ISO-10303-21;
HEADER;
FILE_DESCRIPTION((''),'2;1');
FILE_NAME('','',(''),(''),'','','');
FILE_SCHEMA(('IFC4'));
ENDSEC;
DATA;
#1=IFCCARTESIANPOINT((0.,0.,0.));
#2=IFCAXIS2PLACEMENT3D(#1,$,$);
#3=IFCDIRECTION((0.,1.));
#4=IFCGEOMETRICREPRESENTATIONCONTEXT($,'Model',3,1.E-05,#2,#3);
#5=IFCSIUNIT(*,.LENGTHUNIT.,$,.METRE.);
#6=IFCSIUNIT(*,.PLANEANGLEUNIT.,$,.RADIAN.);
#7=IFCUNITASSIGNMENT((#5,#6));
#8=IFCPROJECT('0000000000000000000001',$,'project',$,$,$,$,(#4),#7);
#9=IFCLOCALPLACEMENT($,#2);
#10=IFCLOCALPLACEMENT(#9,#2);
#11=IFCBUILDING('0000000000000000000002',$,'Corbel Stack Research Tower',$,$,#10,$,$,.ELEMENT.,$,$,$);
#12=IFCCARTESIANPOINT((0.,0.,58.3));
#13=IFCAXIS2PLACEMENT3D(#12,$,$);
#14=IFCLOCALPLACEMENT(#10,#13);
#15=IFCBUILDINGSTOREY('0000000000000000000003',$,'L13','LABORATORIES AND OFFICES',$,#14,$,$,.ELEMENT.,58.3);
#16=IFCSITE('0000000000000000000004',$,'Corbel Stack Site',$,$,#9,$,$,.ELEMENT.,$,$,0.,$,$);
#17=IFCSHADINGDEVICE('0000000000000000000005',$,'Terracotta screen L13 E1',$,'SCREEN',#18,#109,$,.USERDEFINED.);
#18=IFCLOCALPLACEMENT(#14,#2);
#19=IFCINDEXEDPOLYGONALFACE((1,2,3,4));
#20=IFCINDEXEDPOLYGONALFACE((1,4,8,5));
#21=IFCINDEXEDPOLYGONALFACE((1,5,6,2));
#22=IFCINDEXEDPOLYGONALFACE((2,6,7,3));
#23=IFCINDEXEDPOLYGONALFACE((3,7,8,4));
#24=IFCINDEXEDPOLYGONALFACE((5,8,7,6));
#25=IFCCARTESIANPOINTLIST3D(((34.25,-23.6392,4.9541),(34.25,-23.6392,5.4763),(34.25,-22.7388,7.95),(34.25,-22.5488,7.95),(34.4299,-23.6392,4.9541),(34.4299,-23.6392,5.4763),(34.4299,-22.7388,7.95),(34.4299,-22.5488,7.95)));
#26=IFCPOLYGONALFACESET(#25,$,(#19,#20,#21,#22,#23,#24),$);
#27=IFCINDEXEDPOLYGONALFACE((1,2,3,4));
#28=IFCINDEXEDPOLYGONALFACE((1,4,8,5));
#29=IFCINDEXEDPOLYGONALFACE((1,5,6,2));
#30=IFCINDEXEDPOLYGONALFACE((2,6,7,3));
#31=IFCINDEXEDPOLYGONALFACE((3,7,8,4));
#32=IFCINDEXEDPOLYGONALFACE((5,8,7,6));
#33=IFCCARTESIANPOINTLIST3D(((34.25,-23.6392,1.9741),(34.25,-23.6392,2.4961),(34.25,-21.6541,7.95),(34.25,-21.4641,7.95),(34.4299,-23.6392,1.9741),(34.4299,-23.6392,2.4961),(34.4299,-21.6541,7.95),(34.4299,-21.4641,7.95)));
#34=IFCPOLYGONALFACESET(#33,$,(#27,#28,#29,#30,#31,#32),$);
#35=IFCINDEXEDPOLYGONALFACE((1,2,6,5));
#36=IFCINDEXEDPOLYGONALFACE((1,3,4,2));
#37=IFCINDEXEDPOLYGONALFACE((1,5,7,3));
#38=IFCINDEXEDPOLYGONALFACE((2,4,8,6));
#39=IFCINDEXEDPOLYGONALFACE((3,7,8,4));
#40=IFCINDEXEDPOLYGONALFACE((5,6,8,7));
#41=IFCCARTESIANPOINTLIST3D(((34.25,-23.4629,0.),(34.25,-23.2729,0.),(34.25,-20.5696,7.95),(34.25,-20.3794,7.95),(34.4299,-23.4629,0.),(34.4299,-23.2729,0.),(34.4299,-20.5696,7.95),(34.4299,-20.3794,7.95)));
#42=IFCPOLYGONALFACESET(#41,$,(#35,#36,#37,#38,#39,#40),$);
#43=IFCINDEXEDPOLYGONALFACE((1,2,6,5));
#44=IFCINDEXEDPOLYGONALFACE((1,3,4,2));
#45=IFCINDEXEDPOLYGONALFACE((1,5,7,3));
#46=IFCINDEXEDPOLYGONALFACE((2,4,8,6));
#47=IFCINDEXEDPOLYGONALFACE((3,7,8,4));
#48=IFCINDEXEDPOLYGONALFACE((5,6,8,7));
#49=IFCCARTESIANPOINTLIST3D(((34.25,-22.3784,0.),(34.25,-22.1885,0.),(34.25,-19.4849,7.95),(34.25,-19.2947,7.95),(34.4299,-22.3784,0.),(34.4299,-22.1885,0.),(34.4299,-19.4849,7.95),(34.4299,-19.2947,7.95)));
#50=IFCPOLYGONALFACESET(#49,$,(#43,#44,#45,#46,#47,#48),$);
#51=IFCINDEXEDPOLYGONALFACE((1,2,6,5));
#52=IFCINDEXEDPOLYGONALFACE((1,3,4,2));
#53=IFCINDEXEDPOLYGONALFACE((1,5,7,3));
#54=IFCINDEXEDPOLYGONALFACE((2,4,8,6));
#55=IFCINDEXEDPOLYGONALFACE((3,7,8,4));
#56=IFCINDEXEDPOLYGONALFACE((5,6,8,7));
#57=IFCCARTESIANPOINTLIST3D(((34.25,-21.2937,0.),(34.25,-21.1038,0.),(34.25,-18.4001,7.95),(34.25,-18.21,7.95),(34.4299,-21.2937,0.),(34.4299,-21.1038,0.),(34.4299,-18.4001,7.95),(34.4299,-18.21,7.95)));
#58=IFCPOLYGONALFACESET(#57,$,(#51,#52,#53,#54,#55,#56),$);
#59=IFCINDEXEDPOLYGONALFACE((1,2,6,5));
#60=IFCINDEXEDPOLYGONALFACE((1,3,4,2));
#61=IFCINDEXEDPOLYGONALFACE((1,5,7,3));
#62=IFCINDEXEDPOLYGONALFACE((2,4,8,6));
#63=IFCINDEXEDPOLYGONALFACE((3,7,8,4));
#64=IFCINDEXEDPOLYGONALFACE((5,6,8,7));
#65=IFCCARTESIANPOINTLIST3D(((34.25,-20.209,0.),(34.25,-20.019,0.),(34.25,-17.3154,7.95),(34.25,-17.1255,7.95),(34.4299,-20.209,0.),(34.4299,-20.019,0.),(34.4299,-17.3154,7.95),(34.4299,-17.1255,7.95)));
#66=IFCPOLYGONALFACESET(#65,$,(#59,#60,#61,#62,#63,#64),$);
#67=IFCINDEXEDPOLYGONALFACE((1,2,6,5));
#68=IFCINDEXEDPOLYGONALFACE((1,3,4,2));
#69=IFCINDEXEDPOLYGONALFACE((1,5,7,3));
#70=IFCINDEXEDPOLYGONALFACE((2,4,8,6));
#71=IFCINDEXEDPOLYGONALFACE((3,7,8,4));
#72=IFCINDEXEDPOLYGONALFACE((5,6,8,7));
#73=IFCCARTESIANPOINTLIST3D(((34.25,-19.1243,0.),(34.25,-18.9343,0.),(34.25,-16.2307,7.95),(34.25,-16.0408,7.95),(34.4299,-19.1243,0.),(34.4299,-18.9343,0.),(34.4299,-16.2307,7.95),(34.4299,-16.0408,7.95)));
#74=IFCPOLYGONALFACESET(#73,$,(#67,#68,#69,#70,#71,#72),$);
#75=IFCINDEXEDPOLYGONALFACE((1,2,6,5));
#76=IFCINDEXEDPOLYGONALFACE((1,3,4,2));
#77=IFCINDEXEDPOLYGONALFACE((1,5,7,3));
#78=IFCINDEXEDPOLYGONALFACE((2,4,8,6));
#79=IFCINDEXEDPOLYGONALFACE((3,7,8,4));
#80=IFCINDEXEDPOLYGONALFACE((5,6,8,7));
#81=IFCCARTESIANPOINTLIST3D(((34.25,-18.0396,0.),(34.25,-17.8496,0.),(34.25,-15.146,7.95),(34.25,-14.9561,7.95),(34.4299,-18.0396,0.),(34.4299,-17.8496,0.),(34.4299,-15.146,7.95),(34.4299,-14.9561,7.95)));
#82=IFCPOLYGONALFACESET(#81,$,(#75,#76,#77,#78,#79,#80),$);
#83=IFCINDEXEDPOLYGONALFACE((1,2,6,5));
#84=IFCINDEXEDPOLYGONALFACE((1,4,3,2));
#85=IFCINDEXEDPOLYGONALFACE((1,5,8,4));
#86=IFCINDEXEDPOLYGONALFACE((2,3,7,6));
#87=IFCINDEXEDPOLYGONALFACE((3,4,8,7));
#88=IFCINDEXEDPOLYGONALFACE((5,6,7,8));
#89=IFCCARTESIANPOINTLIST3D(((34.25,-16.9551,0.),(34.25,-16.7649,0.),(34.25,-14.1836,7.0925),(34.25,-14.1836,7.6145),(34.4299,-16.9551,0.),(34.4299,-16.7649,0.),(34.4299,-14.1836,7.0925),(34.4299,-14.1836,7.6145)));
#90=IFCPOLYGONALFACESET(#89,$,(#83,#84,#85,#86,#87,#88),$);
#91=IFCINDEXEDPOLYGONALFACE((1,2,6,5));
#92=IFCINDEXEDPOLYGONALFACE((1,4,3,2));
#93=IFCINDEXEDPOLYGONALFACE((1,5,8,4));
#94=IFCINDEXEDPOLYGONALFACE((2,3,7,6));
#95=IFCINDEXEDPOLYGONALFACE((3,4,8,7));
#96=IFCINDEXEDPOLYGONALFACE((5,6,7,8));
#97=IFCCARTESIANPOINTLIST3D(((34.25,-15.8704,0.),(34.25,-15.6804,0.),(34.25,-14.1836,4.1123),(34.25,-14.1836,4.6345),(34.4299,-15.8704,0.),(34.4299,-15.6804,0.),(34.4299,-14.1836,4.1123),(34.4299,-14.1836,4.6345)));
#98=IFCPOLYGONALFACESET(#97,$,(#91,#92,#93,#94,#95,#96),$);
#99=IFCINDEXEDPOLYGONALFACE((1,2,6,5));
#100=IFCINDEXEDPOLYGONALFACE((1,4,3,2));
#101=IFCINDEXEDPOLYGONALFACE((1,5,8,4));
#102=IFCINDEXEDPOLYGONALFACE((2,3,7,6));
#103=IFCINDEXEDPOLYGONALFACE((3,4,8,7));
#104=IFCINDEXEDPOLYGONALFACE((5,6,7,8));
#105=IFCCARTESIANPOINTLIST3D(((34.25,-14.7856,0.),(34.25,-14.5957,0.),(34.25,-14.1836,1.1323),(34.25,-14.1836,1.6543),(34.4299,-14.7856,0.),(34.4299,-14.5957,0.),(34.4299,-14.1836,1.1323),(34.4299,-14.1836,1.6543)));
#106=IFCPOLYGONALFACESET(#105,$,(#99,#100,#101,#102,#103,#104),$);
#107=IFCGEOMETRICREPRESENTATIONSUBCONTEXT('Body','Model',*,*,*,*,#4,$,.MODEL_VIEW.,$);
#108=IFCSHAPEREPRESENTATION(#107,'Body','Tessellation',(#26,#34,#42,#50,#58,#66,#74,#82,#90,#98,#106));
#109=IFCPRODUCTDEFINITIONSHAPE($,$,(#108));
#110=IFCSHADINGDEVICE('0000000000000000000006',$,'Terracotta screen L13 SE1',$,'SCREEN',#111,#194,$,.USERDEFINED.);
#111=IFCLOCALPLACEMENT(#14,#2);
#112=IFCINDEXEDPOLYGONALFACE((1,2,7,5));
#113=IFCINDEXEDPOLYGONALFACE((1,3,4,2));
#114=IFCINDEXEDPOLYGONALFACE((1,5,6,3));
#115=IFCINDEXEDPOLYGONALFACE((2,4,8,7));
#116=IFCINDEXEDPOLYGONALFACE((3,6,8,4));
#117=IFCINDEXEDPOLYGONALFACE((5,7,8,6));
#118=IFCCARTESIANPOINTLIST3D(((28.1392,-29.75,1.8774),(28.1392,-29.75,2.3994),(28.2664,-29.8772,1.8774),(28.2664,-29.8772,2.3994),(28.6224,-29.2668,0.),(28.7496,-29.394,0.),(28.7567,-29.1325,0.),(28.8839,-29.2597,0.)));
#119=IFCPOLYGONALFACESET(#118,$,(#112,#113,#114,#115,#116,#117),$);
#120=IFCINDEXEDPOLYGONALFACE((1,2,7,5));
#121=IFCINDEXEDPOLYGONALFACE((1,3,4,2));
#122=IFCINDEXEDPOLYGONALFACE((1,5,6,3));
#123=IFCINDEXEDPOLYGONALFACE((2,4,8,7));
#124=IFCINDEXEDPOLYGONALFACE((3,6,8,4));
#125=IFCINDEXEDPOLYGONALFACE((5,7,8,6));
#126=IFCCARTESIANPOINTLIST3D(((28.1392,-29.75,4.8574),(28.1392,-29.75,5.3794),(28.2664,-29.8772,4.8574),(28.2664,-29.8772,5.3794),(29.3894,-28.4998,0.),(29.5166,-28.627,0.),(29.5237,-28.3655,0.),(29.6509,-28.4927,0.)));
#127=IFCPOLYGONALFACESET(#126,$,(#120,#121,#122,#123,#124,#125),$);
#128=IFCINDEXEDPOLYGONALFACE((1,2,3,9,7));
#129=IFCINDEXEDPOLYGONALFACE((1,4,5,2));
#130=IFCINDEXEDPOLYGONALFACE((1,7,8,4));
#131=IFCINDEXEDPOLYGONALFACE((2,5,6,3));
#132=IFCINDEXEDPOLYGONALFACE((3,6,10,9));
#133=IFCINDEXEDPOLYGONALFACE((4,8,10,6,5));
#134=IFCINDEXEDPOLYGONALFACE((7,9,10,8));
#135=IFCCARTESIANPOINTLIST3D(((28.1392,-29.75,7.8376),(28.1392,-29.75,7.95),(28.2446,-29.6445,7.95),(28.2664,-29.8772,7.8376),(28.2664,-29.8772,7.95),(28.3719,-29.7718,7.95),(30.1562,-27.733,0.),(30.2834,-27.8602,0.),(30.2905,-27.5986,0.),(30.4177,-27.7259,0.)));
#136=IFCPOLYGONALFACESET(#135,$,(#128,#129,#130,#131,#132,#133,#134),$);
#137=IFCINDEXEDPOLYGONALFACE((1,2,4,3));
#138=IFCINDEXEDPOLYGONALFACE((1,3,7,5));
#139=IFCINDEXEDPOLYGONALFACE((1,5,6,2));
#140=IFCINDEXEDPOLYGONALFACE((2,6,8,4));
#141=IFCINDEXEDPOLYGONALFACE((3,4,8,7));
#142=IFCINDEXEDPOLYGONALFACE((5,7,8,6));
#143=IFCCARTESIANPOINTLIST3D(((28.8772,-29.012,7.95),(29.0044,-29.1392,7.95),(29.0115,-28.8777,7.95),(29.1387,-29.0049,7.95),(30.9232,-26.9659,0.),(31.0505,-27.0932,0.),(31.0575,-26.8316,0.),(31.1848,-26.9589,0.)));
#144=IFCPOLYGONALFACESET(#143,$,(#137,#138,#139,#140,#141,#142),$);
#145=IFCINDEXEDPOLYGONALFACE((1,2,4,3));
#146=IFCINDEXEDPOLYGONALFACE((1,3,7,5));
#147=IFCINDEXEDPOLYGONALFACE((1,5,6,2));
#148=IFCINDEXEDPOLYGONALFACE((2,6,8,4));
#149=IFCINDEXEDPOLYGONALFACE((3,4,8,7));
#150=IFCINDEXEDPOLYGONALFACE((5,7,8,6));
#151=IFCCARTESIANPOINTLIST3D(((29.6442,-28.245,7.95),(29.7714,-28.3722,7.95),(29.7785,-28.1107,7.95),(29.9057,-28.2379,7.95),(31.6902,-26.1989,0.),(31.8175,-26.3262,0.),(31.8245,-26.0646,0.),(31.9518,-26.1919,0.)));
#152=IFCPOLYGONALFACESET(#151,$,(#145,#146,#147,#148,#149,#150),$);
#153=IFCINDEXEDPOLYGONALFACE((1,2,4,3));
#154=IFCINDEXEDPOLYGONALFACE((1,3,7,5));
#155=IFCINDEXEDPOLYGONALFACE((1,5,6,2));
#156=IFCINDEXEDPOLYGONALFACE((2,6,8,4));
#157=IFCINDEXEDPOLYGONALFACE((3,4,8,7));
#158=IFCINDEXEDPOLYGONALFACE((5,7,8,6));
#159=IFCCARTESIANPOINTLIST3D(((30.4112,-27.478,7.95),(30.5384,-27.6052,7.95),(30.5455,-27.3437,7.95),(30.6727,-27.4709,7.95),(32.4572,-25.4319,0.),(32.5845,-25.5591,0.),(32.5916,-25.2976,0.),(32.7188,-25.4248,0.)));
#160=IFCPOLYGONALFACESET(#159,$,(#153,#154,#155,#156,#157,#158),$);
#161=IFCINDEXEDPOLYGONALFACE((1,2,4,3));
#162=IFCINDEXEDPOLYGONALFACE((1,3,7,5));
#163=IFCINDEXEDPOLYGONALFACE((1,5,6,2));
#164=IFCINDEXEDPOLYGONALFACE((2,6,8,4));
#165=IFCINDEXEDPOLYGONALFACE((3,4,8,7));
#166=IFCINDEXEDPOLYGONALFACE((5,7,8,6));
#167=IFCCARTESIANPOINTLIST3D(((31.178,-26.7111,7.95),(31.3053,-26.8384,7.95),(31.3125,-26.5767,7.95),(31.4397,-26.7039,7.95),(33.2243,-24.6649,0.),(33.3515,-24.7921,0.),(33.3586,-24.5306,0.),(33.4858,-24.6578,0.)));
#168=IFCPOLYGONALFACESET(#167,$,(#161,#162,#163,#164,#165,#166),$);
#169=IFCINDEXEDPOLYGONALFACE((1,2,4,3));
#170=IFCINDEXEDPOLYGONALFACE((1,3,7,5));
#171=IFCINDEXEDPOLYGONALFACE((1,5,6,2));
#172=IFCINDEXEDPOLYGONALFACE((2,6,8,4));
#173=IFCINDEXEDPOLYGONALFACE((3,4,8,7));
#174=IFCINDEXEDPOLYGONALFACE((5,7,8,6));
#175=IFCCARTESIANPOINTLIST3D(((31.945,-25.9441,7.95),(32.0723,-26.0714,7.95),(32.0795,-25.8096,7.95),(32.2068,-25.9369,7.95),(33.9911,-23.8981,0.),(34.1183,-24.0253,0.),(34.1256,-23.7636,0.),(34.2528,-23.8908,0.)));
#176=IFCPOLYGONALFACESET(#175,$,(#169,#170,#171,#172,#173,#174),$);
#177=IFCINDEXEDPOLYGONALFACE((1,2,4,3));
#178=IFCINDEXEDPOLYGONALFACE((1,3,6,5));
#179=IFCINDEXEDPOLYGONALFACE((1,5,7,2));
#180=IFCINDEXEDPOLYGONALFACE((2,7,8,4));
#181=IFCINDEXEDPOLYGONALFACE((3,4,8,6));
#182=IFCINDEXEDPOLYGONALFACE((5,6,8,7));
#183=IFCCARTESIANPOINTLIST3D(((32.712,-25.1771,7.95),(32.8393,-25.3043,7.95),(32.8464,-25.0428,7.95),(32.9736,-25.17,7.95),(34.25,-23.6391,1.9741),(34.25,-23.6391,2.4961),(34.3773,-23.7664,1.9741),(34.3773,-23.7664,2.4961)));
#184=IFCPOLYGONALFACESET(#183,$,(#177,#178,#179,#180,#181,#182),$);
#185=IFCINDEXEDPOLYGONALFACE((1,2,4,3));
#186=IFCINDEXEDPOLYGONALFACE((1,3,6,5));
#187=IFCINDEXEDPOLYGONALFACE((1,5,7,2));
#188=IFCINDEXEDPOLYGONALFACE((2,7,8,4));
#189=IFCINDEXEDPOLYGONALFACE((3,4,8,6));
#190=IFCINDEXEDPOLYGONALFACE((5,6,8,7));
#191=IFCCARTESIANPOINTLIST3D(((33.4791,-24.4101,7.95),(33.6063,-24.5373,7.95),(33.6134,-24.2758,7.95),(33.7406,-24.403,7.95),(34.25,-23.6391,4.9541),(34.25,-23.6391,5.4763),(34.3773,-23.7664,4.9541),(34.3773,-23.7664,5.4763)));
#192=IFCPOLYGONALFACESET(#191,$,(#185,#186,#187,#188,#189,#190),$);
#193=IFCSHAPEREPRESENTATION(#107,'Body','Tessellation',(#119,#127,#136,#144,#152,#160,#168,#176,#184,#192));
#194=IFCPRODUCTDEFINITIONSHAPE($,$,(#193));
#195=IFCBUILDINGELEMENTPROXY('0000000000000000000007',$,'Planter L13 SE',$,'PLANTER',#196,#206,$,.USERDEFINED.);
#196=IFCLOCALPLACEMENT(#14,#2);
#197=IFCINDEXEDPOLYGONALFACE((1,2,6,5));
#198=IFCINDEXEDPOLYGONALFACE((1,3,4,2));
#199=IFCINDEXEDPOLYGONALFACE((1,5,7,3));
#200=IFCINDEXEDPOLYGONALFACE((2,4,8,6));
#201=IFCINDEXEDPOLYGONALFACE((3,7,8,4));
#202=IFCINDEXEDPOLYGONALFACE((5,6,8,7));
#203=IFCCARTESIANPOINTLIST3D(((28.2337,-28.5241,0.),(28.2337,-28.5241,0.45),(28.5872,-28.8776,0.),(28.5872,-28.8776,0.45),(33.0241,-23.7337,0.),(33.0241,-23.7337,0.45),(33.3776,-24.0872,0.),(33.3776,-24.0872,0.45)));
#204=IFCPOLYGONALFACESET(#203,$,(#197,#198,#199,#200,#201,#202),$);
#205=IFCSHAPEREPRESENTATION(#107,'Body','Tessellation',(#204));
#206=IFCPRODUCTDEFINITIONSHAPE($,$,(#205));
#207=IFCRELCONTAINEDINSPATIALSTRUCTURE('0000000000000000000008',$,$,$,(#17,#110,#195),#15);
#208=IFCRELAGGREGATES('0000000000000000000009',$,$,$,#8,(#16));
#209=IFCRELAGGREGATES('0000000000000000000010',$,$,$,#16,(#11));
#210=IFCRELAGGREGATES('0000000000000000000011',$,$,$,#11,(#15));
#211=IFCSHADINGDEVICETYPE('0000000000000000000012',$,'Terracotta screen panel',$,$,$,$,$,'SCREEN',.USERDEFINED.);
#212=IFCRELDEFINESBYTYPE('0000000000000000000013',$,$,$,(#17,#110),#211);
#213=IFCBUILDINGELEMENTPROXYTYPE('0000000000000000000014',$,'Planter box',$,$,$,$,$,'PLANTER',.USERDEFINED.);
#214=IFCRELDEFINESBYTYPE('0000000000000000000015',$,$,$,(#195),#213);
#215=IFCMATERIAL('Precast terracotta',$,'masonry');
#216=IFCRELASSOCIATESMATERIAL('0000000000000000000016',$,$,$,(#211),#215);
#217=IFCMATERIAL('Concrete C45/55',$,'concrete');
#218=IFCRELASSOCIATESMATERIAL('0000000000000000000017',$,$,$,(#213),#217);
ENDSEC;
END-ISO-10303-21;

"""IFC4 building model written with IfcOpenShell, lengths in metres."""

from ifc_helpers import new_model, si_unit, direction, frame, origin, origin_2d, place, context, subcontext, project, spatial, polyline, rectangle, outline, extrude, source, transform, mapped, material, type_object, element, save


model = new_model("IFC4")

# Units and contexts
model_context = context("Model", 3, precision=1e-05, world=origin(), true_north=direction((0.0, 1.0)))
body_context = subcontext(model_context, "Body", "Model", "MODEL_VIEW")
ifc_project = project(units=[si_unit("LENGTHUNIT", "METRE"), si_unit("PLANEANGLEUNIT", "RADIAN")], contexts=[model_context])

# Site, building, storey
site_placement = place(None, origin())
site = spatial("IfcSite", under=ifc_project, at=site_placement, Name="Corbel Stack Site", CompositionType="ELEMENT", RefElevation=0.0)
building_placement = place(site_placement, origin())
building = spatial("IfcBuilding", under=site, at=building_placement, Name="Corbel Stack Research Tower", CompositionType="ELEMENT")
storey_placement = place(building_placement, frame((0.0, 0.0, 58.3)))
storey = spatial("IfcBuildingStorey", under=building, at=storey_placement, Name="L13", Description="LABORATORIES AND OFFICES", CompositionType="ELEMENT", Elevation=58.3)

# Shading devices
ifc_material_1 = material(Name="Precast terracotta", Category="masonry")
shading_device_type = type_object("IfcShadingDeviceType", Name="Terracotta screen panel", ElementType="SCREEN", PredefinedType="USERDEFINED", material=ifc_material_1)
shared_shape_1 = source(origin(), body_context, "Body", "SweptSolid", [
    extrude(outline(polyline([(1.0903, 7.95), (0.9004, 7.95), (0.0, 5.4763), (0.0, 4.9541), (1.0903, 7.95)])), frame((0.0, 0.0, 0.0), z_axis=(0.0, -1.0, 0.0), x_axis=(1.0, 0.0, 0.0)), (0.0, 0.0, 1.0), 0.1799),
    extrude(outline(polyline([(2.175, 7.95), (1.9851, 7.95), (0.0, 2.4961), (0.0, 1.9741), (2.175, 7.95)])), frame((0.0, 0.0, 0.0), z_axis=(0.0, -1.0, 0.0), x_axis=(1.0, 0.0, 0.0)), (0.0, 0.0, 1.0), 0.1799),
    extrude(outline(polyline([(0.3662, 0.0), (3.2598, 7.95), (3.0696, 7.95), (0.1763, 0.0), (0.3662, 0.0)])), frame((0.0, 0.0, 0.0), z_axis=(0.0, -1.0, 0.0), x_axis=(1.0, 0.0, 0.0)), (0.0, 0.0, 1.0), 0.1799),
    extrude(outline(polyline([(1.4507, 0.0), (4.3445, 7.95), (4.1543, 7.95), (1.2607, 0.0), (1.4507, 0.0)])), frame((0.0, 0.0, 0.0), z_axis=(0.0, -1.0, 0.0), x_axis=(1.0, 0.0, 0.0)), (0.0, 0.0, 1.0), 0.1799),
    extrude(outline(polyline([(2.5354, 0.0), (5.4292, 7.95), (5.239, 7.95), (2.3455, 0.0), (2.5354, 0.0)])), frame((0.0, 0.0, 0.0), z_axis=(0.0, -1.0, 0.0), x_axis=(1.0, 0.0, 0.0)), (0.0, 0.0, 1.0), 0.1799),
    extrude(outline(polyline([(3.6201, 0.0), (6.5137, 7.95), (6.3237, 7.95), (3.4302, 0.0), (3.6201, 0.0)])), frame((0.0, 0.0, 0.0), z_axis=(0.0, -1.0, 0.0), x_axis=(1.0, 0.0, 0.0)), (0.0, 0.0, 1.0), 0.1799),
    extrude(outline(polyline([(4.7048, 0.0), (7.5984, 7.95), (7.4084, 7.95), (4.5149, 0.0), (4.7048, 0.0)])), frame((0.0, 0.0, 0.0), z_axis=(0.0, -1.0, 0.0), x_axis=(1.0, 0.0, 0.0)), (0.0, 0.0, 1.0), 0.1799),
    extrude(outline(polyline([(5.7896, 0.0), (8.6831, 7.95), (8.4932, 7.95), (5.5996, 0.0), (5.7896, 0.0)])), frame((0.0, 0.0, 0.0), z_axis=(0.0, -1.0, 0.0), x_axis=(1.0, 0.0, 0.0)), (0.0, 0.0, 1.0), 0.1799),
    extrude(outline(polyline([(6.8743, 0.0), (9.4556, 7.0925), (9.4556, 7.6145), (6.6841, 0.0), (6.8743, 0.0)])), frame((0.0, 0.0, 0.0), z_axis=(0.0, -1.0, 0.0), x_axis=(1.0, 0.0, 0.0)), (0.0, 0.0, 1.0), 0.1799),
    extrude(outline(polyline([(7.9587, 0.0), (9.4556, 4.1123), (9.4556, 4.6345), (7.7688, 0.0), (7.9587, 0.0)])), frame((0.0, 0.0, 0.0), z_axis=(0.0, -1.0, 0.0), x_axis=(1.0, 0.0, 0.0)), (0.0, 0.0, 1.0), 0.1799),
    extrude(outline(polyline([(9.0435, 0.0), (9.4556, 1.1323), (9.4556, 1.6543), (8.8535, 0.0), (9.0435, 0.0)])), frame((0.0, 0.0, 0.0), z_axis=(0.0, -1.0, 0.0), x_axis=(1.0, 0.0, 0.0)), (0.0, 0.0, 1.0), 0.1799),
])
shading_device_1_placement = place(storey_placement, frame((34.25, -23.6392, 0.0), z_axis=(0.0, 0.0, 1.0), x_axis=(0.0, 1.0, 0.0)))
element("IfcShadingDevice", 1, at=shading_device_1_placement, inside=storey, type_object=shading_device_type, Name="Terracotta screen L13 E1", ObjectType="SCREEN", PredefinedType="USERDEFINED", context=body_context, shape_type="MappedRepresentation", body=[
    mapped(shared_shape_1, transform((0.0, 0.0, 0.0))),
])
shared_shape_2 = source(origin(), body_context, "Body", "SweptSolid", [
    extrude(outline(polyline([(0.8733, 0.0), (0.0, 2.3994), (0.0, 1.8774), (0.6833, 0.0), (0.8733, 0.0)])), frame((0.0, 0.0, 0.0), z_axis=(0.0, -1.0, 0.0), x_axis=(1.0, 0.0, 0.0)), (0.0, 0.0, 1.0), 0.1799),
    extrude(outline(polyline([(1.958, 0.0), (0.0, 5.3794), (0.0, 4.8574), (1.7681, 0.0), (1.958, 0.0)])), frame((0.0, 0.0, 0.0), z_axis=(0.0, -1.0, 0.0), x_axis=(1.0, 0.0, 0.0)), (0.0, 0.0, 1.0), 0.1799),
    extrude(outline(polyline([(3.0425, 0.0), (0.1492, 7.95), (0.0, 7.95), (0.0, 7.8376), (2.8525, 0.0), (3.0425, 0.0)])), frame((0.0, 0.0, 0.0), z_axis=(0.0, -1.0, 0.0), x_axis=(1.0, 0.0, 0.0)), (0.0, 0.0, 1.0), 0.1799),
    extrude(outline(polyline([(4.1272, 0.0), (1.2336, 7.95), (1.0437, 7.95), (3.9373, 0.0), (4.1272, 0.0)])), frame((0.0, 0.0, 0.0), z_axis=(0.0, -1.0, 0.0), x_axis=(1.0, 0.0, 0.0)), (0.0, 0.0, 1.0), 0.1799),
    extrude(outline(polyline([(5.2119, 0.0), (2.3184, 7.95), (2.1284, 7.95), (5.022, 0.0), (5.2119, 0.0)])), frame((0.0, 0.0, 0.0), z_axis=(0.0, -1.0, 0.0), x_axis=(1.0, 0.0, 0.0)), (0.0, 0.0, 1.0), 0.1799),
    extrude(outline(polyline([(6.2966, 0.0), (3.4031, 7.95), (3.2131, 7.95), (6.1067, 0.0), (6.2966, 0.0)])), frame((0.0, 0.0, 0.0), z_axis=(0.0, -1.0, 0.0), x_axis=(1.0, 0.0, 0.0)), (0.0, 0.0, 1.0), 0.1799),
    extrude(outline(polyline([(7.3813, 0.0), (4.4878, 7.95), (4.2976, 7.95), (7.1914, 0.0), (7.3813, 0.0)])), frame((0.0, 0.0, 0.0), z_axis=(0.0, -1.0, 0.0), x_axis=(1.0, 0.0, 0.0)), (0.0, 0.0, 1.0), 0.1799),
    extrude(outline(polyline([(8.4661, 0.0), (5.5725, 7.95), (5.3823, 7.95), (8.2759, 0.0), (8.4661, 0.0)])), frame((0.0, 0.0, 0.0), z_axis=(0.0, -1.0, 0.0), x_axis=(1.0, 0.0, 0.0)), (0.0, 0.0, 1.0), 0.1799),
    extrude(outline(polyline([(6.657, 7.95), (6.467, 7.95), (8.6421, 1.9741), (8.6421, 2.4961), (6.657, 7.95)])), frame((0.0, 0.0, 0.0), z_axis=(0.0, -1.0, 0.0), x_axis=(1.0, 0.0, 0.0)), (0.0, 0.0, 1.0), 0.1799),
    extrude(outline(polyline([(7.7417, 7.95), (7.5518, 7.95), (8.6421, 4.9541), (8.6421, 5.4763), (7.7417, 7.95)])), frame((0.0, 0.0, 0.0), z_axis=(0.0, -1.0, 0.0), x_axis=(1.0, 0.0, 0.0)), (0.0, 0.0, 1.0), 0.1799),
])
shading_device_2_placement = place(storey_placement, frame((28.1392, -29.75, 0.0), z_axis=(0.0, 0.0, 1.0), x_axis=(0.707107, 0.707107, 0.0)))
element("IfcShadingDevice", 2, at=shading_device_2_placement, inside=storey, type_object=shading_device_type, Name="Terracotta screen L13 SE1", ObjectType="SCREEN", PredefinedType="USERDEFINED", context=body_context, shape_type="MappedRepresentation", body=[
    mapped(shared_shape_2, transform((0.0, 0.0, 0.0))),
])

# Building element proxy
ifc_material_2 = material(Name="Concrete C45/55", Category="concrete")
building_element_proxy_type = type_object("IfcBuildingElementProxyType", Name="Planter box", ElementType="PLANTER", PredefinedType="USERDEFINED", material=ifc_material_2)
proxy_placement = place(storey_placement, frame((30.8057, -26.3057, 0.0), z_axis=(0.0, 0.0, 1.0), x_axis=(0.707107, 0.707107, 0.0)))
element("IfcBuildingElementProxy", 3, at=proxy_placement, inside=storey, type_object=building_element_proxy_type, Name="Planter L13 SE", ObjectType="PLANTER", PredefinedType="USERDEFINED", context=body_context, shape_type="SweptSolid", body=[
    extrude(rectangle(XDim=6.7747, YDim=0.5, at=origin_2d()), origin(), (0.0, 0.0, 1.0), 0.45),
])

save(model, "model.ifc")
